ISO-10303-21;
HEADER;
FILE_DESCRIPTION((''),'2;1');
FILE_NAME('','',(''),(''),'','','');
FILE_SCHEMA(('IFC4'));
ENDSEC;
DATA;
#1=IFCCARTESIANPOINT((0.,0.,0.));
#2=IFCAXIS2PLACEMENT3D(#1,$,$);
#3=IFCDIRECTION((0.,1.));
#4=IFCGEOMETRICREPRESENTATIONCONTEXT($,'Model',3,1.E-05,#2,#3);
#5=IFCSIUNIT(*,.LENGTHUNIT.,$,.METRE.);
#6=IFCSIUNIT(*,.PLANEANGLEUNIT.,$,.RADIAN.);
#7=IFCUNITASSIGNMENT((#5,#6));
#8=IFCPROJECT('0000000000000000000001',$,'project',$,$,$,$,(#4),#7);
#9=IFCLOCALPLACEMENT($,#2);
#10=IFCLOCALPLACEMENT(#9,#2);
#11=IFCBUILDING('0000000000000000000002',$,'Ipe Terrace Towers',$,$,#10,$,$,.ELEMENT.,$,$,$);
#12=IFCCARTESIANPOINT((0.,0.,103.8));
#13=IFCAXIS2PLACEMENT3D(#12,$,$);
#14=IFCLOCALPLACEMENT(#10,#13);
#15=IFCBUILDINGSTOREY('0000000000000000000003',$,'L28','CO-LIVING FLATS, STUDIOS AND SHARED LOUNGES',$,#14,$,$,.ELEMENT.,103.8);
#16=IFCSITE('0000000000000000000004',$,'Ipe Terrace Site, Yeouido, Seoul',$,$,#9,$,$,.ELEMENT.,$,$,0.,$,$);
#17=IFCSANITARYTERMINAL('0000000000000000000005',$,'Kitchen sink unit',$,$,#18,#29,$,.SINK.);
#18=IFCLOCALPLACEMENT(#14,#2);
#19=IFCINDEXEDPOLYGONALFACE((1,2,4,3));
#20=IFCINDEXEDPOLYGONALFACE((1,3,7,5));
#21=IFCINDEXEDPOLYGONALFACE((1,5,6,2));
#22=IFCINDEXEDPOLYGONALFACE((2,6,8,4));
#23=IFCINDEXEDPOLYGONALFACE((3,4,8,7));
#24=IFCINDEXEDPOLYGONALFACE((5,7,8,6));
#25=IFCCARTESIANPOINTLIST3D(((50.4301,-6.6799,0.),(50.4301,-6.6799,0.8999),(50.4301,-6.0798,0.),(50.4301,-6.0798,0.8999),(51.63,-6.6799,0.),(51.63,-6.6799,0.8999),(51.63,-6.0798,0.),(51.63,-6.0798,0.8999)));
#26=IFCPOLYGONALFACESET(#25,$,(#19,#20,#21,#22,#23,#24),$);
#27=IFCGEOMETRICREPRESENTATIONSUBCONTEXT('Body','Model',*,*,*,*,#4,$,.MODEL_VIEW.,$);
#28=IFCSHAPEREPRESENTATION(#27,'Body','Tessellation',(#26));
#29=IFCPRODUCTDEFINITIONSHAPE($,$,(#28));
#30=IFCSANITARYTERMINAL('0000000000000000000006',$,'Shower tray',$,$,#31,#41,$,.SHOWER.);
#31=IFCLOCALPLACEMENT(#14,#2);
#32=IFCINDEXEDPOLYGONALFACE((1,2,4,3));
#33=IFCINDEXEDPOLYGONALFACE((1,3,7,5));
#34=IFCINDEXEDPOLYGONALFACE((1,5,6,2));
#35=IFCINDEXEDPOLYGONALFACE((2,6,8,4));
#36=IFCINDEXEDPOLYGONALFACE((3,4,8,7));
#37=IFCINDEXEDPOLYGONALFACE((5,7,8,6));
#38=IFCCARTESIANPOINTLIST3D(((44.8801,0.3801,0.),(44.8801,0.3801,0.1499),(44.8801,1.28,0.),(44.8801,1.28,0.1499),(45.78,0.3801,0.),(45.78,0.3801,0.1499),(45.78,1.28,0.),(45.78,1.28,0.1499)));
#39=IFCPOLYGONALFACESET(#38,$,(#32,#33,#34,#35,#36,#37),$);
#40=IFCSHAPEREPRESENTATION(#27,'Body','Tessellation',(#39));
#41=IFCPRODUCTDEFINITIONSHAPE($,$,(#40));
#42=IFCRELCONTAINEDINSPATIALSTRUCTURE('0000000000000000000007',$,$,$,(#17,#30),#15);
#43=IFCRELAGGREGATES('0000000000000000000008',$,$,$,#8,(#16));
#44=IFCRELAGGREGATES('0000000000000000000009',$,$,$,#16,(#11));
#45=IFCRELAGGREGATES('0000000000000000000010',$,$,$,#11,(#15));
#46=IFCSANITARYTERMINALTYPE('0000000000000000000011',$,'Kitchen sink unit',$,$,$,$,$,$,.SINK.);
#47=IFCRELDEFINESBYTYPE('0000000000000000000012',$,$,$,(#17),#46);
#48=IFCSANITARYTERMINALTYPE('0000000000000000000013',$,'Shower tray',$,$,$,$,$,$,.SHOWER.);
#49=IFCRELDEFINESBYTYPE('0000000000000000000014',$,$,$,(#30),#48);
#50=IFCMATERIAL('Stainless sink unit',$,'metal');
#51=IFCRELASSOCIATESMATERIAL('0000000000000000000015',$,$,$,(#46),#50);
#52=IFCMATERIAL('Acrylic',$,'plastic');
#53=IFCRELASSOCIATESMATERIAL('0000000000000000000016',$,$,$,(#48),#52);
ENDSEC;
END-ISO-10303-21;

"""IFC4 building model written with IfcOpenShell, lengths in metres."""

from ifc_helpers import new_model, si_unit, direction, frame, origin, origin_2d, place, context, subcontext, project, spatial, rectangle, extrude, material, type_object, element, save


model = new_model("IFC4")

# Units and contexts
model_context = context("Model", 3, precision=1e-05, world=origin(), true_north=direction((0.0, 1.0)))
body_context = subcontext(model_context, "Body", "Model", "MODEL_VIEW")
ifc_project = project(units=[si_unit("LENGTHUNIT", "METRE"), si_unit("PLANEANGLEUNIT", "RADIAN")], contexts=[model_context])

# Site, building, storey
site_placement = place(None, origin())
site = spatial("IfcSite", under=ifc_project, at=site_placement, Name="Ipe Terrace Site, Yeouido, Seoul", CompositionType="ELEMENT", RefElevation=0.0)
building_placement = place(site_placement, origin())
building = spatial("IfcBuilding", under=site, at=building_placement, Name="Ipe Terrace Towers", CompositionType="ELEMENT")
storey_placement = place(building_placement, frame((0.0, 0.0, 103.8)))
storey = spatial("IfcBuildingStorey", under=building, at=storey_placement, Name="L28", Description="CO-LIVING FLATS, STUDIOS AND SHARED LOUNGES", CompositionType="ELEMENT", Elevation=103.8)

# Sanitary terminals
ifc_material_1 = material(Name="Stainless sink unit", Category="metal")
sanitary_terminal_type_1 = type_object("IfcSanitaryTerminalType", Name="Kitchen sink unit", PredefinedType="SINK", material=ifc_material_1)
sanitary_terminal_1_placement = place(storey_placement, frame((51.03, -6.3799, 0.0), z_axis=(0.0, 0.0, 1.0), x_axis=(-1.0, 0.0, 0.0)))
element("IfcSanitaryTerminal", 1, at=sanitary_terminal_1_placement, inside=storey, type_object=sanitary_terminal_type_1, Name="Kitchen sink unit", PredefinedType="SINK", context=body_context, shape_type="SweptSolid", body=[
    extrude(rectangle(XDim=1.2, YDim=0.6001, at=origin_2d()), origin(), (0.0, 0.0, 1.0), 0.8999),
])
ifc_material_2 = material(Name="Acrylic", Category="plastic")
sanitary_terminal_type_2 = type_object("IfcSanitaryTerminalType", Name="Shower tray", PredefinedType="SHOWER", material=ifc_material_2)
sanitary_terminal_2_placement = place(storey_placement, frame((45.3301, 0.8301, 0.0), z_axis=(0.0, 0.0, 1.0), x_axis=(0.0, -1.0, 0.0)))
element("IfcSanitaryTerminal", 2, at=sanitary_terminal_2_placement, inside=storey, type_object=sanitary_terminal_type_2, Name="Shower tray", PredefinedType="SHOWER", context=body_context, shape_type="SweptSolid", body=[
    extrude(rectangle(XDim=0.8999, YDim=0.8999, at=origin_2d()), origin(), (0.0, 0.0, 1.0), 0.1499),
])

save(model, "model.ifc")
